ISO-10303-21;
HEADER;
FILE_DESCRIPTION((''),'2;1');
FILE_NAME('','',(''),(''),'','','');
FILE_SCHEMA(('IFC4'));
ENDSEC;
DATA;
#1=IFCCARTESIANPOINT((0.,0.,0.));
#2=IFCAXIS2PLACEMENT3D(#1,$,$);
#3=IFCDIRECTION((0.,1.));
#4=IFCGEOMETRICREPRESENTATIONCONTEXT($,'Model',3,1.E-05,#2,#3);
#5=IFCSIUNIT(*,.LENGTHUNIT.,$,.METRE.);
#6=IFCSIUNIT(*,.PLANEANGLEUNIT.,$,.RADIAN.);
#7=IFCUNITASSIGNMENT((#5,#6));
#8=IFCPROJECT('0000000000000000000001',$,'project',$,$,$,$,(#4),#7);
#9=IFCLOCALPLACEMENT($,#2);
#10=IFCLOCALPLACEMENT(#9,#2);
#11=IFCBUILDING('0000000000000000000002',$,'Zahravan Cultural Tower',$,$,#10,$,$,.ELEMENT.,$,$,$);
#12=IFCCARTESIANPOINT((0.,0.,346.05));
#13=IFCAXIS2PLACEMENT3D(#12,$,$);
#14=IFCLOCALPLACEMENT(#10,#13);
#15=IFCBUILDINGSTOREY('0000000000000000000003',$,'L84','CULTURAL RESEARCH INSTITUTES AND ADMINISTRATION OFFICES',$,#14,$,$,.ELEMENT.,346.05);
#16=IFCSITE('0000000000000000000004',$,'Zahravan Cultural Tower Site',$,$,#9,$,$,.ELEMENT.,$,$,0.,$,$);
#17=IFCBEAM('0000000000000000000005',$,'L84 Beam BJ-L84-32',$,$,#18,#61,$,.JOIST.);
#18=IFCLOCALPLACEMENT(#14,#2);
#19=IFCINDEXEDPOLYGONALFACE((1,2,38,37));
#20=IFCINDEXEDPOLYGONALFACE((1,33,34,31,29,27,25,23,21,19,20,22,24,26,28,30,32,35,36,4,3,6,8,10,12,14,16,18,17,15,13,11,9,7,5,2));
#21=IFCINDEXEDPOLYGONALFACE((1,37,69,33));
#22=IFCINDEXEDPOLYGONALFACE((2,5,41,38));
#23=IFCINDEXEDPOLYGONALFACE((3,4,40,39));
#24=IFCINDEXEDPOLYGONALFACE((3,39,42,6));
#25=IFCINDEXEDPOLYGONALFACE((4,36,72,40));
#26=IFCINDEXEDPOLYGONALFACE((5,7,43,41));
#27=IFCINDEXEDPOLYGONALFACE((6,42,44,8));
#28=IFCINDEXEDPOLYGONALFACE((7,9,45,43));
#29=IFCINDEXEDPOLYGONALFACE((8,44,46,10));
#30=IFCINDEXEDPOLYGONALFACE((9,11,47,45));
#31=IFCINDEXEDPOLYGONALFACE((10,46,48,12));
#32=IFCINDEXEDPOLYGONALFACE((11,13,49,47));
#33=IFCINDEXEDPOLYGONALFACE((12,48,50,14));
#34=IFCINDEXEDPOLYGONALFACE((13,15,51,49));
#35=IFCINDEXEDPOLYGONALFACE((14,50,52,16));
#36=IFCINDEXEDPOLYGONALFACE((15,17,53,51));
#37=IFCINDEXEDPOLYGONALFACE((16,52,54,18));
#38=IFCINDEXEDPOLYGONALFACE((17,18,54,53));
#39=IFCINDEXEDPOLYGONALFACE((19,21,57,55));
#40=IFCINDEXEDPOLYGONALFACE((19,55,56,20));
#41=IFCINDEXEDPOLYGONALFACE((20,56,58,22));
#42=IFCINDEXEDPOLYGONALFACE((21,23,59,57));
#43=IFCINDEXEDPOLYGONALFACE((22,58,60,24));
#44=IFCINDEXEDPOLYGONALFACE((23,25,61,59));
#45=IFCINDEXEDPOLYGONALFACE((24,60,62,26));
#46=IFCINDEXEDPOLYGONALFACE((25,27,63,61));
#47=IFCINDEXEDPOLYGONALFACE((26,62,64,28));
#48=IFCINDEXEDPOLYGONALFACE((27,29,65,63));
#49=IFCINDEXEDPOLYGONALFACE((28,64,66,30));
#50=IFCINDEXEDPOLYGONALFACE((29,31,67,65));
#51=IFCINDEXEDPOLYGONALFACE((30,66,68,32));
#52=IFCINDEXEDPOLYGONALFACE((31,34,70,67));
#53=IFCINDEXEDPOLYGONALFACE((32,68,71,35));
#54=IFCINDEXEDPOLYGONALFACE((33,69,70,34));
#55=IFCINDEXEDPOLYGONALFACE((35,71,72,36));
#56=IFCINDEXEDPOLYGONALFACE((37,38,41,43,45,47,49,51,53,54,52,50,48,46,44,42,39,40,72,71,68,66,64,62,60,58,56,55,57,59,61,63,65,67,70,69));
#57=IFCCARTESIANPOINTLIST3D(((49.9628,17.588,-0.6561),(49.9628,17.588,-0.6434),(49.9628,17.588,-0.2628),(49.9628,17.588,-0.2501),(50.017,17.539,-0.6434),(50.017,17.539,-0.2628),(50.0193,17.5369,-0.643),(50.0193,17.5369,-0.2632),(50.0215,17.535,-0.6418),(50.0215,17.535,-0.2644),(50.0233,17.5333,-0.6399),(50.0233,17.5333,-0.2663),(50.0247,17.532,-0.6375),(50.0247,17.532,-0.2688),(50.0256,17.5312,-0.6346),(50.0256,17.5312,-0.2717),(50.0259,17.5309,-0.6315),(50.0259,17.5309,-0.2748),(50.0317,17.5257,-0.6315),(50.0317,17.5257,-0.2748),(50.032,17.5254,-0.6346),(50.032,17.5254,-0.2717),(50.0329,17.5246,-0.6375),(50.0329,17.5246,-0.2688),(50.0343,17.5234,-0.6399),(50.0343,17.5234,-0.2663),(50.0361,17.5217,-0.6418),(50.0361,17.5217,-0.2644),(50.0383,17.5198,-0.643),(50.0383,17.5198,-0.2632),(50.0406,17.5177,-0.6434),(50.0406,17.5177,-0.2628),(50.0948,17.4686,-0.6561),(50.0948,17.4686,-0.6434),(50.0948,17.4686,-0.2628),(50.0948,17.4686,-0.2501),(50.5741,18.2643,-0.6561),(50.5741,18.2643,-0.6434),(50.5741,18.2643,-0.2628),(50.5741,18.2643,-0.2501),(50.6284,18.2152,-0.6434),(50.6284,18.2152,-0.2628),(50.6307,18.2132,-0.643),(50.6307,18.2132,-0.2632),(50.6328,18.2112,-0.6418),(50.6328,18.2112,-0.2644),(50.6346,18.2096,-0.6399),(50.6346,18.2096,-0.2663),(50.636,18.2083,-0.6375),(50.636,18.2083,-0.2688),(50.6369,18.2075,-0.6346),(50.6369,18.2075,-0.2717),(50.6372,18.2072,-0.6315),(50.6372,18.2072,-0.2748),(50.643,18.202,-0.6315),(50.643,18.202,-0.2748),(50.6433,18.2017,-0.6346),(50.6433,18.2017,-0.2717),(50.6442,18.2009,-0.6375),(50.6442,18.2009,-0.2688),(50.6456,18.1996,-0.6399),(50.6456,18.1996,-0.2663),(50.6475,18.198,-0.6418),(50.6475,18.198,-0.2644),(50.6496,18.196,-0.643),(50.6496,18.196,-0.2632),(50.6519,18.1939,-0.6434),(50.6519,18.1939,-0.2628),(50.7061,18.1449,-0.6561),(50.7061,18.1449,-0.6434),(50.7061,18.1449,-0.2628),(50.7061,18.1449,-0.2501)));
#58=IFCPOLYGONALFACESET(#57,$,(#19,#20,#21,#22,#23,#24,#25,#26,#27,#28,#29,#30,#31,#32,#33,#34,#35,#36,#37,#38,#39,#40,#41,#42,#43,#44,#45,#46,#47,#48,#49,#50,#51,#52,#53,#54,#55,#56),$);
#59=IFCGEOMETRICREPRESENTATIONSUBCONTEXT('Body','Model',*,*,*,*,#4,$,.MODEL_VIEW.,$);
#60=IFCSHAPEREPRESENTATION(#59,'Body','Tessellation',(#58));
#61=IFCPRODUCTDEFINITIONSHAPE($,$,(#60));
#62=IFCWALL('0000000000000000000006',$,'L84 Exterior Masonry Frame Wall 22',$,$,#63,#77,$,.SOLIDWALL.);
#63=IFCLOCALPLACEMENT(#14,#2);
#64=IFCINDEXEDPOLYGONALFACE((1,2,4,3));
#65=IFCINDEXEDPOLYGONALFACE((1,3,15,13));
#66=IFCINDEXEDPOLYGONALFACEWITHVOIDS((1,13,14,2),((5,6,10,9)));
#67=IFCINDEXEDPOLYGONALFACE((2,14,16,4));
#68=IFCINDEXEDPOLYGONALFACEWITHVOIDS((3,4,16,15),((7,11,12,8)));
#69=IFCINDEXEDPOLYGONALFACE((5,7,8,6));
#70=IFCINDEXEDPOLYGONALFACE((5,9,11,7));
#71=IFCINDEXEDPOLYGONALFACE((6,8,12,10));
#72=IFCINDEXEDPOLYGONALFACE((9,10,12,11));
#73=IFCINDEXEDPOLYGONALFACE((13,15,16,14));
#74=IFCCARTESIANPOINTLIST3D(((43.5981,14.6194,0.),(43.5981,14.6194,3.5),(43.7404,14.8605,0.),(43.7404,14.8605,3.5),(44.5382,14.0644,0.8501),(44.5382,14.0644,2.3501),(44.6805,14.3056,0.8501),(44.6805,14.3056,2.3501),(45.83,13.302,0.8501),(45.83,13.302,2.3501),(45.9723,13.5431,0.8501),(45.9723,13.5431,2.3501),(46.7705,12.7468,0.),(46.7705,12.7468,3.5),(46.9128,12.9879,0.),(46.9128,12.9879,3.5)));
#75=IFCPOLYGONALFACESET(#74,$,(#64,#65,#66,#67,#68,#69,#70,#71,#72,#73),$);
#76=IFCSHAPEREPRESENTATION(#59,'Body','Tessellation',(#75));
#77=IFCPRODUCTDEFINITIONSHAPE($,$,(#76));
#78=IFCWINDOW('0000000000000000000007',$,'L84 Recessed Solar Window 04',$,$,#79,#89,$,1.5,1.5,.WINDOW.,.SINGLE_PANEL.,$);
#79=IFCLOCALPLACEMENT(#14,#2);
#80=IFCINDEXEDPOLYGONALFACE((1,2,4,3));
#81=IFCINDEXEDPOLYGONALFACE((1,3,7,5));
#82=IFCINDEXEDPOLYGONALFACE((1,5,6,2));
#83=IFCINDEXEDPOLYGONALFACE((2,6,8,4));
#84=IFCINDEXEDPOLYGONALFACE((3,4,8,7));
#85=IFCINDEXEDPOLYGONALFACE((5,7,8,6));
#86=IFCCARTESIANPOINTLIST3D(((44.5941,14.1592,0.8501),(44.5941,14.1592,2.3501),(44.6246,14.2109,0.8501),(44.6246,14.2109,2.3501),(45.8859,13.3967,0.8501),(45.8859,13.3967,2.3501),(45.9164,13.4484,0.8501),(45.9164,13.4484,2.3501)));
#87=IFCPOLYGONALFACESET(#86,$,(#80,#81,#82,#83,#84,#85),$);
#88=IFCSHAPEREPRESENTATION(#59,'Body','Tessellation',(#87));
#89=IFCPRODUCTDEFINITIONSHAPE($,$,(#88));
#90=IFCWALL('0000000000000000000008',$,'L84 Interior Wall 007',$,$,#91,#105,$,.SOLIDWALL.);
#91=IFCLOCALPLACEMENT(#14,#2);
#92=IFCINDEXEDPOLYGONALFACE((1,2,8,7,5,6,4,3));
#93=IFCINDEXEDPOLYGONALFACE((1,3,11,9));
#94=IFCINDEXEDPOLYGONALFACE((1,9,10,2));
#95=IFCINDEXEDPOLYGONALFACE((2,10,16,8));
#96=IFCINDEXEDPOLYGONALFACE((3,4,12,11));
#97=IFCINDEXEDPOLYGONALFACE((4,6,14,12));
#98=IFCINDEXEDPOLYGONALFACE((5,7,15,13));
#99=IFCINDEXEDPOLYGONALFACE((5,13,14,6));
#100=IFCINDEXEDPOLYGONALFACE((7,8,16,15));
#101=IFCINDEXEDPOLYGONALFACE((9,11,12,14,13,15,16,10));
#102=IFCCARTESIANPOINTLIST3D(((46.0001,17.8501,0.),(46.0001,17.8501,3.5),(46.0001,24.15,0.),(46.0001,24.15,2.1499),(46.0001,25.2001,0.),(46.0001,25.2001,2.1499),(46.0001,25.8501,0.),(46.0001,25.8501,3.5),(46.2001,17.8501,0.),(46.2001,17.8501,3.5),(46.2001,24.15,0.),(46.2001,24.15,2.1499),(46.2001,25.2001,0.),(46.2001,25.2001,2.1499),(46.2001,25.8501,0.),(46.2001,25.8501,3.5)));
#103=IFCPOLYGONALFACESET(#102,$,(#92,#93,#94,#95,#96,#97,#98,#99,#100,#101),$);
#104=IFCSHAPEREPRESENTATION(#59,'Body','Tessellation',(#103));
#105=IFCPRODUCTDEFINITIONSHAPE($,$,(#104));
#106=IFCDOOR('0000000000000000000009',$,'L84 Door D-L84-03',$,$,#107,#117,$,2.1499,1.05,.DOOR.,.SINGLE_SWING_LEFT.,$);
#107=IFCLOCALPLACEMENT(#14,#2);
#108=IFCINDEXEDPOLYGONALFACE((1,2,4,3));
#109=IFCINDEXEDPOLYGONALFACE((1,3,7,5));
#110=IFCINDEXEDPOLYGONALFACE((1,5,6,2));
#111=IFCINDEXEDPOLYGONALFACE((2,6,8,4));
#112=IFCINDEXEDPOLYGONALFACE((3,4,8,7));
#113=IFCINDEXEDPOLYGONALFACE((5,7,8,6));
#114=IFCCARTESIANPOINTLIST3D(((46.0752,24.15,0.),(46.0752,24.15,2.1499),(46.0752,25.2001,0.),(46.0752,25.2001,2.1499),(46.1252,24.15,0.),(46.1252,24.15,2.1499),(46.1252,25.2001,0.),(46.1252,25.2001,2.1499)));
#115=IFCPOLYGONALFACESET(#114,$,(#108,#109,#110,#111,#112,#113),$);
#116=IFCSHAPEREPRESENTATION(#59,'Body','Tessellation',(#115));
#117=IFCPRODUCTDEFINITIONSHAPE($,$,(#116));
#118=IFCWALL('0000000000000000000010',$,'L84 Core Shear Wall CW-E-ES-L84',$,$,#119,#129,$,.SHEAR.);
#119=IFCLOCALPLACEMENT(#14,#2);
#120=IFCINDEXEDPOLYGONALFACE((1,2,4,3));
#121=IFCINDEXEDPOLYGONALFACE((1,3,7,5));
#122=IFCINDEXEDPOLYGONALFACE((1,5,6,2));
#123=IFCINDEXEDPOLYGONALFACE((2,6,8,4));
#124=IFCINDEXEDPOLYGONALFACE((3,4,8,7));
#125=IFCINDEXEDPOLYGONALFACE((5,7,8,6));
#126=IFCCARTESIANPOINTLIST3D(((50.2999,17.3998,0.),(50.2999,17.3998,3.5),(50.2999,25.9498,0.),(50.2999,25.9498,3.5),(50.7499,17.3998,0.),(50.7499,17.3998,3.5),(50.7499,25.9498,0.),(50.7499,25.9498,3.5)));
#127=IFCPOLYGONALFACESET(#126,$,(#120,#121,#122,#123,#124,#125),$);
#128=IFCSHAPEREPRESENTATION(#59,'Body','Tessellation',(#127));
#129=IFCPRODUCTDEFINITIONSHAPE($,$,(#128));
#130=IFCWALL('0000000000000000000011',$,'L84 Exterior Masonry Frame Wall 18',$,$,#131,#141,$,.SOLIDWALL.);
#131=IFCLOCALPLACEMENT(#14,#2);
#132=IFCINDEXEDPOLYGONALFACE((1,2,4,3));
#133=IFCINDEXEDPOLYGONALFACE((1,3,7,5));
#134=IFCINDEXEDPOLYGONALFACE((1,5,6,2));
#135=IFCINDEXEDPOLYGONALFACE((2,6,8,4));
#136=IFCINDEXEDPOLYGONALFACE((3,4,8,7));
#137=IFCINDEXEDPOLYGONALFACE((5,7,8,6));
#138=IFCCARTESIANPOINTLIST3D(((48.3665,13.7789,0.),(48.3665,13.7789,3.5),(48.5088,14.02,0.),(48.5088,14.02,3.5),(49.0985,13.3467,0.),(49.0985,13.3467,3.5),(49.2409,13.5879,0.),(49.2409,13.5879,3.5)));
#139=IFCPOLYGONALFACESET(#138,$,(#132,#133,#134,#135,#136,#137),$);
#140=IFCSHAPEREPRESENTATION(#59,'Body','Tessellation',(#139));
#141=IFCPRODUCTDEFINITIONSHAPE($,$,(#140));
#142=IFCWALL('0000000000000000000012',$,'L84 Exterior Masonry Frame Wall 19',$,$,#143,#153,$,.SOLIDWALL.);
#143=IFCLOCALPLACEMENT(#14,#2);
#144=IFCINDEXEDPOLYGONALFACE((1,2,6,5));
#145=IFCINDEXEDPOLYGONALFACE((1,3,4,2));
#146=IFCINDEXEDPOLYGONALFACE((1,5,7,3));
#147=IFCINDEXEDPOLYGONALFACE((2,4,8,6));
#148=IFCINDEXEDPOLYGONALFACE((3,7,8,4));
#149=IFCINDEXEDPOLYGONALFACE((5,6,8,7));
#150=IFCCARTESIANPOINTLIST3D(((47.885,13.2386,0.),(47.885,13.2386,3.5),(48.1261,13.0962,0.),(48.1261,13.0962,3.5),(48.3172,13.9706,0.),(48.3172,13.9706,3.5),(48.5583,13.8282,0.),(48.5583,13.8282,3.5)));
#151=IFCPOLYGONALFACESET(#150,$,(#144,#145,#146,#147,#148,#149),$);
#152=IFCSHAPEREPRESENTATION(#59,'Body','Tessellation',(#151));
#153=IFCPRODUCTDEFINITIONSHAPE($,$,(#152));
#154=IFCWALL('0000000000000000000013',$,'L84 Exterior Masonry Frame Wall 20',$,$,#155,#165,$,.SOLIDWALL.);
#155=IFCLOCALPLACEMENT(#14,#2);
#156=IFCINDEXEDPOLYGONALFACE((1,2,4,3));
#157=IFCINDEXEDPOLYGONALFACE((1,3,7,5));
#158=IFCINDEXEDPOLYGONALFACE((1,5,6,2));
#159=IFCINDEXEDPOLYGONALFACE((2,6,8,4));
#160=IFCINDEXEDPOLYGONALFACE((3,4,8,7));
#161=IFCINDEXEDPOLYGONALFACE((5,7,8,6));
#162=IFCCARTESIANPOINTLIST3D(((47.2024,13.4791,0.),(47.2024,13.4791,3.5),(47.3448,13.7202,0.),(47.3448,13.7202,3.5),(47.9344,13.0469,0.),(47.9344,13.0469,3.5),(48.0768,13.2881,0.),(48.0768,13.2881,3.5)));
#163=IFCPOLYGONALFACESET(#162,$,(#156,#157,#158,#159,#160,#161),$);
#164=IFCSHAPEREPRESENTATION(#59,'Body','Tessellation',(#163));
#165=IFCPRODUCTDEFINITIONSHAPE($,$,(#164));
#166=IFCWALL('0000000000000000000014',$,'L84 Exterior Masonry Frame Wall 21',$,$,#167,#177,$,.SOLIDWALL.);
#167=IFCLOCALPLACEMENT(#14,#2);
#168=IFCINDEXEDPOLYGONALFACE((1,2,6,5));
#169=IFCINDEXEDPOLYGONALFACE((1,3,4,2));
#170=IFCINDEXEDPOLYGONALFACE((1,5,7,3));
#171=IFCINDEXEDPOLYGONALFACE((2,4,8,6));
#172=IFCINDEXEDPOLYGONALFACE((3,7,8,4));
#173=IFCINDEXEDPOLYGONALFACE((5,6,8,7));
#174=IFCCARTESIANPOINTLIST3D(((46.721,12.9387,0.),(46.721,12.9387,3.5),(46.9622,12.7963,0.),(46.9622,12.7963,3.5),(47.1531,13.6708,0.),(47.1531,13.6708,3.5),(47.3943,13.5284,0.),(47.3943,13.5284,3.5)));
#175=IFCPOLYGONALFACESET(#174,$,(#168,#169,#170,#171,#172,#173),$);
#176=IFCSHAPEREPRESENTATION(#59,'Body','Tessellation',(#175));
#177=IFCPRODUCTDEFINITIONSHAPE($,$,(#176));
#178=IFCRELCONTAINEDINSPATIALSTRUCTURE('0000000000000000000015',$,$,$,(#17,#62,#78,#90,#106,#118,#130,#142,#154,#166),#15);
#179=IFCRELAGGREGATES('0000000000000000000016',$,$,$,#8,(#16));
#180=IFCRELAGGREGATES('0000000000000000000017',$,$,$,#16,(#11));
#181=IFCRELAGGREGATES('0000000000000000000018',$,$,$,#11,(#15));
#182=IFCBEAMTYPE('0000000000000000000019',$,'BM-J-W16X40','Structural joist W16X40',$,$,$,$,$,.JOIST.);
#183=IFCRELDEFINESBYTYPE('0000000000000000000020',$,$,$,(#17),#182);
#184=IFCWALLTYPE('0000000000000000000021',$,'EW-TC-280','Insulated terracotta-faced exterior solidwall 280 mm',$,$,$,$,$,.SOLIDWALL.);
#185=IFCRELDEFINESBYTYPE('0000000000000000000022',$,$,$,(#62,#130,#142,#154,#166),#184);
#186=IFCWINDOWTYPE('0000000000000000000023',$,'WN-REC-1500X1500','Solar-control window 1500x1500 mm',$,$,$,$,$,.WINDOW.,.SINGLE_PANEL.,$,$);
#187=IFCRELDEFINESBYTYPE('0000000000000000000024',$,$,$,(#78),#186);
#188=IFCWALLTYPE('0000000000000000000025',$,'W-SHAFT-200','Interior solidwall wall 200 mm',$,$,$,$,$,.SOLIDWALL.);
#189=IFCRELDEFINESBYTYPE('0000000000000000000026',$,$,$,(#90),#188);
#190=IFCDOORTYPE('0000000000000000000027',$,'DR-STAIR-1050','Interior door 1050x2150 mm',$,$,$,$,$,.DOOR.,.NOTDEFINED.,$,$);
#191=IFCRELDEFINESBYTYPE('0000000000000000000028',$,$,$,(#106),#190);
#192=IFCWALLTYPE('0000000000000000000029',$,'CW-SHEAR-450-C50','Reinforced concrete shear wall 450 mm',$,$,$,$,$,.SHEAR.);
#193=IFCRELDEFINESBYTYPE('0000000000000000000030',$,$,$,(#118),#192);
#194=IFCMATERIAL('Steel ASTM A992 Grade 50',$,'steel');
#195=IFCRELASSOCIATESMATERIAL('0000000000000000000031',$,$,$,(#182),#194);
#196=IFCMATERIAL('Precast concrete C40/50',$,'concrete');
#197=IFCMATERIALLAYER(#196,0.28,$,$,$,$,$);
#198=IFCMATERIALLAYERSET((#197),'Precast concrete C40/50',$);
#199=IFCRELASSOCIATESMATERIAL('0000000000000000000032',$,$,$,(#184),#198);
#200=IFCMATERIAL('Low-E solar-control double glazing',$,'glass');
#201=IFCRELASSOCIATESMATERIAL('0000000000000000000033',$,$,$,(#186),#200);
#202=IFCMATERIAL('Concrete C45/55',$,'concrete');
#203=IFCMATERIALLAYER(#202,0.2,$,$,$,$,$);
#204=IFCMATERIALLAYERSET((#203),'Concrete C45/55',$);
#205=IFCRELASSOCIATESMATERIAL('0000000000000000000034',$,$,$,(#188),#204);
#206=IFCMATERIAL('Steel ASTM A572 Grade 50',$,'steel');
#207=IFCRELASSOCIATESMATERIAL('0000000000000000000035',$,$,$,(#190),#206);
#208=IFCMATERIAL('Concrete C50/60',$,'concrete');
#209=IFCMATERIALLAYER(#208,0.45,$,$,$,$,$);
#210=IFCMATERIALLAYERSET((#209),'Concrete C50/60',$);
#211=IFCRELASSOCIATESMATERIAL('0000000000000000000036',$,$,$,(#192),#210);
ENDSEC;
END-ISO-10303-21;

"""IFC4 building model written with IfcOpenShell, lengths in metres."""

from ifc_helpers import new_model, si_unit, direction, frame, frame_2d, origin, origin_2d, place, context, subcontext, project, spatial, rectangle, i_section, extrude, source, transform, mapped, material, layer, layer_set, material_profile, profile_set, type_object, element, fill, save


model = new_model("IFC4")

# Units and contexts
model_context = context("Model", 3, precision=1e-05, world=origin(), true_north=direction((0.0, 1.0)))
body_context = subcontext(model_context, "Body", "Model", "MODEL_VIEW")
ifc_project = project(units=[si_unit("LENGTHUNIT", "METRE"), si_unit("PLANEANGLEUNIT", "RADIAN")], contexts=[model_context])

# Site, building, storey
site_placement = place(None, origin())
site = spatial("IfcSite", under=ifc_project, at=site_placement, Name="Zahravan Cultural Tower Site", CompositionType="ELEMENT", RefElevation=0.0)
building_placement = place(site_placement, origin())
building = spatial("IfcBuilding", under=site, at=building_placement, Name="Zahravan Cultural Tower", CompositionType="ELEMENT")
storey_placement = place(building_placement, frame((0.0, 0.0, 346.05)))
storey = spatial("IfcBuildingStorey", under=building, at=storey_placement, Name="L84", Description="CULTURAL RESEARCH INSTITUTES AND ADMINISTRATION OFFICES", CompositionType="ELEMENT", Elevation=346.05)

# Shared definitions
ifc_material_1 = material(Name="Concrete C50/60", Category="concrete")
ifc_material_2 = material(Name="Steel ASTM A992 Grade 50", Category="steel")

# Beam
ifc_material_profile_1 = material_profile(ifc_material_2, i_section(OverallWidth=0.178, OverallDepth=0.406, WebThickness=0.0078, FlangeThickness=0.0127, FilletRadius=0.012, at=origin_2d()), Name="W16X40")
ifc_profile_set_1 = profile_set([ifc_material_profile_1], Name="Steel ASTM A992 Grade 50")
beam_type_1 = type_object("IfcBeamType", Name="BM-J-W16X40", Description="Structural joist W16X40", PredefinedType="JOIST", material=ifc_profile_set_1)
shared_shape_1 = source(origin(), body_context, "Body", "SweptSolid", [
    extrude(i_section(OverallWidth=0.178, OverallDepth=0.406, WebThickness=0.0078, FlangeThickness=0.0127, FilletRadius=0.012, at=origin_2d()), origin(), (0.0, 0.0, 1.0), 0.9116),
])
beam_1_placement = place(storey_placement, frame((50.0288, 17.5283, -0.4531), z_axis=(0.670591, 0.741828, 0.0), x_axis=(-0.741828, 0.670591, 0.0)))
element("IfcBeam", 1, at=beam_1_placement, inside=storey, type_object=beam_type_1, Name="L84 Beam BJ-L84-32", PredefinedType="JOIST", context=body_context, shape_type="MappedRepresentation", body=[
    mapped(shared_shape_1, transform((0.0, 0.0, 0.0), x_axis=(1.0, 0.0, 0.0), y_axis=(0.0, 1.0, 0.0), z_axis=(0.0, 0.0, 1.0), scale=1.0)),
])

# Wall, opening, window
ifc_material_3 = material(Name="Precast concrete C40/50", Category="concrete")
ifc_layer_1 = layer(ifc_material_3, 0.28)
ifc_layer_set_1 = layer_set([ifc_layer_1], Name="Precast concrete C40/50")
wall_type_1 = type_object("IfcWallType", Name="EW-TC-280", Description="Insulated terracotta-faced exterior solidwall 280 mm", PredefinedType="SOLIDWALL", material=ifc_layer_set_1)
wall_1_placement = place(storey_placement, frame((46.8416, 12.8674, 0.0), z_axis=(0.0, 0.0, 1.0), x_axis=(-0.861167, 0.508323, 0.0)))
wall_1 = element("IfcWall", 2, at=wall_1_placement, inside=storey, type_object=wall_type_1, Name="L84 Exterior Masonry Frame Wall 22", PredefinedType="SOLIDWALL", context=body_context, shape_type="SweptSolid", body=[
    extrude(rectangle(XDim=3.6838, YDim=0.28, at=frame_2d((1.8418, 0.0))), origin(), (0.0, 0.0, 1.0), 3.5),
])
opening_1_placement = place(wall_1_placement, frame((1.092, 0.0, 0.8501)))
opening_1 = element("IfcOpeningElement", 3, at=opening_1_placement, cuts=wall_1, PredefinedType="OPENING", context=body_context, shape_type="SweptSolid", body=[
    extrude(rectangle(XDim=1.5, YDim=1.5, at=frame_2d((0.75, 0.75))), frame((0.0, 0.1499, 0.0), z_axis=(0.0, -1.0, 0.0), x_axis=(1.0, 0.0, 0.0)), (0.0, 0.0, 1.0), 0.3),
])
ifc_material_4 = material(Name="Low-E solar-control double glazing", Category="glass")
window_type = type_object("IfcWindowType", Name="WN-REC-1500X1500", Description="Solar-control window 1500x1500 mm", PartitioningType="SINGLE_PANEL", PredefinedType="WINDOW", material=ifc_material_4)
shared_shape_2 = source(origin(), body_context, "Body", "SweptSolid", [
    extrude(rectangle(XDim=1.5, YDim=1.5, at=frame_2d((0.75, 0.75))), frame((0.0, 0.03, 0.0), z_axis=(0.0, -1.0, 0.0), x_axis=(1.0, 0.0, 0.0)), (0.0, 0.0, 1.0), 0.0601),
])
window_placement = place(opening_1_placement, origin())
window = element("IfcWindow", 4, at=window_placement, inside=storey, type_object=window_type, Name="L84 Recessed Solar Window 04", OverallHeight=1.5, OverallWidth=1.5, PartitioningType="SINGLE_PANEL", PredefinedType="WINDOW", context=body_context, shape_type="MappedRepresentation", body=[
    mapped(shared_shape_2, transform((0.0, 0.0, 0.0), x_axis=(1.0, 0.0, 0.0), y_axis=(0.0, 1.0, 0.0), z_axis=(0.0, 0.0, 1.0), scale=1.0)),
])
fill(opening_1, window)

# Wall, opening, door
ifc_material_5 = material(Name="Concrete C45/55", Category="concrete")
ifc_layer_2 = layer(ifc_material_5, 0.2)
ifc_layer_set_2 = layer_set([ifc_layer_2], Name="Concrete C45/55")
wall_type_2 = type_object("IfcWallType", Name="W-SHAFT-200", Description="Interior solidwall wall 200 mm", PredefinedType="SOLIDWALL", material=ifc_layer_set_2)
wall_2_placement = place(storey_placement, frame((46.1001, 17.8501, 0.0), z_axis=(0.0, 0.0, 1.0), x_axis=(0.0, 1.0, 0.0)))
wall_2 = element("IfcWall", 5, at=wall_2_placement, inside=storey, type_object=wall_type_2, Name="L84 Interior Wall 007", PredefinedType="SOLIDWALL", context=body_context, shape_type="SweptSolid", body=[
    extrude(rectangle(XDim=8.0, YDim=0.2, at=frame_2d((4.0, 0.0))), origin(), (0.0, 0.0, 1.0), 3.5),
])
opening_2_placement = place(wall_2_placement, frame((6.3, 0.0, 0.0)))
opening_2 = element("IfcOpeningElement", 6, at=opening_2_placement, cuts=wall_2, PredefinedType="OPENING", context=body_context, shape_type="SweptSolid", body=[
    extrude(rectangle(XDim=1.05, YDim=2.1499, at=frame_2d((0.5249, 1.075))), frame((0.0, 0.1099, 0.0), z_axis=(0.0, -1.0, 0.0), x_axis=(1.0, 0.0, 0.0)), (0.0, 0.0, 1.0), 0.22),
])
ifc_material_6 = material(Name="Steel ASTM A572 Grade 50", Category="steel")
door_type = type_object("IfcDoorType", Name="DR-STAIR-1050", Description="Interior door 1050x2150 mm", OperationType="NOTDEFINED", PredefinedType="DOOR", material=ifc_material_6)
shared_shape_3 = source(origin(), body_context, "Body", "SweptSolid", [
    extrude(rectangle(XDim=1.05, YDim=2.1499, at=frame_2d((0.5249, 1.075))), frame((0.0, 0.0249, 0.0), z_axis=(0.0, -1.0, 0.0), x_axis=(1.0, 0.0, 0.0)), (0.0, 0.0, 1.0), 0.05),
])
door_placement = place(opening_2_placement, origin())
door = element("IfcDoor", 7, at=door_placement, inside=storey, type_object=door_type, Name="L84 Door D-L84-03", OperationType="SINGLE_SWING_LEFT", OverallHeight=2.1499, OverallWidth=1.05, PredefinedType="DOOR", context=body_context, shape_type="MappedRepresentation", body=[
    mapped(shared_shape_3, transform((0.0, 0.0, 0.0), x_axis=(1.0, 0.0, 0.0), y_axis=(0.0, 1.0, 0.0), z_axis=(0.0, 0.0, 1.0), scale=1.0)),
])
fill(opening_2, door)

# Walls
ifc_layer_3 = layer(ifc_material_1, 0.45)
ifc_layer_set_3 = layer_set([ifc_layer_3], Name="Concrete C50/60")
wall_type_3 = type_object("IfcWallType", Name="CW-SHEAR-450-C50", Description="Reinforced concrete shear wall 450 mm", PredefinedType="SHEAR", material=ifc_layer_set_3)
shared_shape_4 = source(origin(), body_context, "Body", "SweptSolid", [
    extrude(rectangle(XDim=8.55, YDim=0.45, at=frame_2d((4.2749, 0.0))), origin(), (0.0, 0.0, 1.0), 3.5),
])
wall_3_placement = place(storey_placement, frame((50.5249, 17.3999, 0.0), z_axis=(0.0, 0.0, 1.0), x_axis=(0.0, 1.0, 0.0)))
element("IfcWall", 8, at=wall_3_placement, inside=storey, type_object=wall_type_3, Name="L84 Core Shear Wall CW-E-ES-L84", PredefinedType="SHEAR", context=body_context, shape_type="MappedRepresentation", body=[
    mapped(shared_shape_4, transform((0.0, 0.0, 0.0), x_axis=(1.0, 0.0, 0.0), y_axis=(0.0, 1.0, 0.0), z_axis=(0.0, 0.0, 1.0), scale=1.0)),
])
shared_shape_5 = source(origin(), body_context, "Body", "SweptSolid", [
    extrude(rectangle(XDim=0.8501, YDim=0.28, at=frame_2d((0.425, 0.0))), origin(), (0.0, 0.0, 1.0), 3.5),
])
for number, where, z_axis, x_axis, name in (
    (9, (49.1697, 13.4673, 0.0), (0.0, 0.0, 1.0), (-0.861121, 0.5084, 0.0), "L84 Exterior Masonry Frame Wall 18"),
    (10, (48.4377, 13.8994, 0.0), (0.0, 0.0, 1.0), (-0.5084, -0.861121, 0.0), "L84 Exterior Masonry Frame Wall 19"),
    (11, (48.0056, 13.1675, 0.0), (0.0, 0.0, 1.0), (-0.861121, 0.5084, 0.0), "L84 Exterior Masonry Frame Wall 20"),
    (12, (47.2737, 13.5996, 0.0), (0.0, 0.0, 1.0), (-0.508275, -0.861195, 0.0), "L84 Exterior Masonry Frame Wall 21"),
):
    element("IfcWall", number, at=place(storey_placement, frame(where, z_axis=z_axis, x_axis=x_axis)), inside=storey, type_object=wall_type_1, Name=name, PredefinedType="SOLIDWALL", context=body_context, shape_type="MappedRepresentation", body=[
        mapped(shared_shape_5, transform((0.0, 0.0, 0.0), x_axis=(1.0, 0.0, 0.0), y_axis=(0.0, 1.0, 0.0), z_axis=(0.0, 0.0, 1.0), scale=1.0)),
    ])

save(model, "model.ifc")
